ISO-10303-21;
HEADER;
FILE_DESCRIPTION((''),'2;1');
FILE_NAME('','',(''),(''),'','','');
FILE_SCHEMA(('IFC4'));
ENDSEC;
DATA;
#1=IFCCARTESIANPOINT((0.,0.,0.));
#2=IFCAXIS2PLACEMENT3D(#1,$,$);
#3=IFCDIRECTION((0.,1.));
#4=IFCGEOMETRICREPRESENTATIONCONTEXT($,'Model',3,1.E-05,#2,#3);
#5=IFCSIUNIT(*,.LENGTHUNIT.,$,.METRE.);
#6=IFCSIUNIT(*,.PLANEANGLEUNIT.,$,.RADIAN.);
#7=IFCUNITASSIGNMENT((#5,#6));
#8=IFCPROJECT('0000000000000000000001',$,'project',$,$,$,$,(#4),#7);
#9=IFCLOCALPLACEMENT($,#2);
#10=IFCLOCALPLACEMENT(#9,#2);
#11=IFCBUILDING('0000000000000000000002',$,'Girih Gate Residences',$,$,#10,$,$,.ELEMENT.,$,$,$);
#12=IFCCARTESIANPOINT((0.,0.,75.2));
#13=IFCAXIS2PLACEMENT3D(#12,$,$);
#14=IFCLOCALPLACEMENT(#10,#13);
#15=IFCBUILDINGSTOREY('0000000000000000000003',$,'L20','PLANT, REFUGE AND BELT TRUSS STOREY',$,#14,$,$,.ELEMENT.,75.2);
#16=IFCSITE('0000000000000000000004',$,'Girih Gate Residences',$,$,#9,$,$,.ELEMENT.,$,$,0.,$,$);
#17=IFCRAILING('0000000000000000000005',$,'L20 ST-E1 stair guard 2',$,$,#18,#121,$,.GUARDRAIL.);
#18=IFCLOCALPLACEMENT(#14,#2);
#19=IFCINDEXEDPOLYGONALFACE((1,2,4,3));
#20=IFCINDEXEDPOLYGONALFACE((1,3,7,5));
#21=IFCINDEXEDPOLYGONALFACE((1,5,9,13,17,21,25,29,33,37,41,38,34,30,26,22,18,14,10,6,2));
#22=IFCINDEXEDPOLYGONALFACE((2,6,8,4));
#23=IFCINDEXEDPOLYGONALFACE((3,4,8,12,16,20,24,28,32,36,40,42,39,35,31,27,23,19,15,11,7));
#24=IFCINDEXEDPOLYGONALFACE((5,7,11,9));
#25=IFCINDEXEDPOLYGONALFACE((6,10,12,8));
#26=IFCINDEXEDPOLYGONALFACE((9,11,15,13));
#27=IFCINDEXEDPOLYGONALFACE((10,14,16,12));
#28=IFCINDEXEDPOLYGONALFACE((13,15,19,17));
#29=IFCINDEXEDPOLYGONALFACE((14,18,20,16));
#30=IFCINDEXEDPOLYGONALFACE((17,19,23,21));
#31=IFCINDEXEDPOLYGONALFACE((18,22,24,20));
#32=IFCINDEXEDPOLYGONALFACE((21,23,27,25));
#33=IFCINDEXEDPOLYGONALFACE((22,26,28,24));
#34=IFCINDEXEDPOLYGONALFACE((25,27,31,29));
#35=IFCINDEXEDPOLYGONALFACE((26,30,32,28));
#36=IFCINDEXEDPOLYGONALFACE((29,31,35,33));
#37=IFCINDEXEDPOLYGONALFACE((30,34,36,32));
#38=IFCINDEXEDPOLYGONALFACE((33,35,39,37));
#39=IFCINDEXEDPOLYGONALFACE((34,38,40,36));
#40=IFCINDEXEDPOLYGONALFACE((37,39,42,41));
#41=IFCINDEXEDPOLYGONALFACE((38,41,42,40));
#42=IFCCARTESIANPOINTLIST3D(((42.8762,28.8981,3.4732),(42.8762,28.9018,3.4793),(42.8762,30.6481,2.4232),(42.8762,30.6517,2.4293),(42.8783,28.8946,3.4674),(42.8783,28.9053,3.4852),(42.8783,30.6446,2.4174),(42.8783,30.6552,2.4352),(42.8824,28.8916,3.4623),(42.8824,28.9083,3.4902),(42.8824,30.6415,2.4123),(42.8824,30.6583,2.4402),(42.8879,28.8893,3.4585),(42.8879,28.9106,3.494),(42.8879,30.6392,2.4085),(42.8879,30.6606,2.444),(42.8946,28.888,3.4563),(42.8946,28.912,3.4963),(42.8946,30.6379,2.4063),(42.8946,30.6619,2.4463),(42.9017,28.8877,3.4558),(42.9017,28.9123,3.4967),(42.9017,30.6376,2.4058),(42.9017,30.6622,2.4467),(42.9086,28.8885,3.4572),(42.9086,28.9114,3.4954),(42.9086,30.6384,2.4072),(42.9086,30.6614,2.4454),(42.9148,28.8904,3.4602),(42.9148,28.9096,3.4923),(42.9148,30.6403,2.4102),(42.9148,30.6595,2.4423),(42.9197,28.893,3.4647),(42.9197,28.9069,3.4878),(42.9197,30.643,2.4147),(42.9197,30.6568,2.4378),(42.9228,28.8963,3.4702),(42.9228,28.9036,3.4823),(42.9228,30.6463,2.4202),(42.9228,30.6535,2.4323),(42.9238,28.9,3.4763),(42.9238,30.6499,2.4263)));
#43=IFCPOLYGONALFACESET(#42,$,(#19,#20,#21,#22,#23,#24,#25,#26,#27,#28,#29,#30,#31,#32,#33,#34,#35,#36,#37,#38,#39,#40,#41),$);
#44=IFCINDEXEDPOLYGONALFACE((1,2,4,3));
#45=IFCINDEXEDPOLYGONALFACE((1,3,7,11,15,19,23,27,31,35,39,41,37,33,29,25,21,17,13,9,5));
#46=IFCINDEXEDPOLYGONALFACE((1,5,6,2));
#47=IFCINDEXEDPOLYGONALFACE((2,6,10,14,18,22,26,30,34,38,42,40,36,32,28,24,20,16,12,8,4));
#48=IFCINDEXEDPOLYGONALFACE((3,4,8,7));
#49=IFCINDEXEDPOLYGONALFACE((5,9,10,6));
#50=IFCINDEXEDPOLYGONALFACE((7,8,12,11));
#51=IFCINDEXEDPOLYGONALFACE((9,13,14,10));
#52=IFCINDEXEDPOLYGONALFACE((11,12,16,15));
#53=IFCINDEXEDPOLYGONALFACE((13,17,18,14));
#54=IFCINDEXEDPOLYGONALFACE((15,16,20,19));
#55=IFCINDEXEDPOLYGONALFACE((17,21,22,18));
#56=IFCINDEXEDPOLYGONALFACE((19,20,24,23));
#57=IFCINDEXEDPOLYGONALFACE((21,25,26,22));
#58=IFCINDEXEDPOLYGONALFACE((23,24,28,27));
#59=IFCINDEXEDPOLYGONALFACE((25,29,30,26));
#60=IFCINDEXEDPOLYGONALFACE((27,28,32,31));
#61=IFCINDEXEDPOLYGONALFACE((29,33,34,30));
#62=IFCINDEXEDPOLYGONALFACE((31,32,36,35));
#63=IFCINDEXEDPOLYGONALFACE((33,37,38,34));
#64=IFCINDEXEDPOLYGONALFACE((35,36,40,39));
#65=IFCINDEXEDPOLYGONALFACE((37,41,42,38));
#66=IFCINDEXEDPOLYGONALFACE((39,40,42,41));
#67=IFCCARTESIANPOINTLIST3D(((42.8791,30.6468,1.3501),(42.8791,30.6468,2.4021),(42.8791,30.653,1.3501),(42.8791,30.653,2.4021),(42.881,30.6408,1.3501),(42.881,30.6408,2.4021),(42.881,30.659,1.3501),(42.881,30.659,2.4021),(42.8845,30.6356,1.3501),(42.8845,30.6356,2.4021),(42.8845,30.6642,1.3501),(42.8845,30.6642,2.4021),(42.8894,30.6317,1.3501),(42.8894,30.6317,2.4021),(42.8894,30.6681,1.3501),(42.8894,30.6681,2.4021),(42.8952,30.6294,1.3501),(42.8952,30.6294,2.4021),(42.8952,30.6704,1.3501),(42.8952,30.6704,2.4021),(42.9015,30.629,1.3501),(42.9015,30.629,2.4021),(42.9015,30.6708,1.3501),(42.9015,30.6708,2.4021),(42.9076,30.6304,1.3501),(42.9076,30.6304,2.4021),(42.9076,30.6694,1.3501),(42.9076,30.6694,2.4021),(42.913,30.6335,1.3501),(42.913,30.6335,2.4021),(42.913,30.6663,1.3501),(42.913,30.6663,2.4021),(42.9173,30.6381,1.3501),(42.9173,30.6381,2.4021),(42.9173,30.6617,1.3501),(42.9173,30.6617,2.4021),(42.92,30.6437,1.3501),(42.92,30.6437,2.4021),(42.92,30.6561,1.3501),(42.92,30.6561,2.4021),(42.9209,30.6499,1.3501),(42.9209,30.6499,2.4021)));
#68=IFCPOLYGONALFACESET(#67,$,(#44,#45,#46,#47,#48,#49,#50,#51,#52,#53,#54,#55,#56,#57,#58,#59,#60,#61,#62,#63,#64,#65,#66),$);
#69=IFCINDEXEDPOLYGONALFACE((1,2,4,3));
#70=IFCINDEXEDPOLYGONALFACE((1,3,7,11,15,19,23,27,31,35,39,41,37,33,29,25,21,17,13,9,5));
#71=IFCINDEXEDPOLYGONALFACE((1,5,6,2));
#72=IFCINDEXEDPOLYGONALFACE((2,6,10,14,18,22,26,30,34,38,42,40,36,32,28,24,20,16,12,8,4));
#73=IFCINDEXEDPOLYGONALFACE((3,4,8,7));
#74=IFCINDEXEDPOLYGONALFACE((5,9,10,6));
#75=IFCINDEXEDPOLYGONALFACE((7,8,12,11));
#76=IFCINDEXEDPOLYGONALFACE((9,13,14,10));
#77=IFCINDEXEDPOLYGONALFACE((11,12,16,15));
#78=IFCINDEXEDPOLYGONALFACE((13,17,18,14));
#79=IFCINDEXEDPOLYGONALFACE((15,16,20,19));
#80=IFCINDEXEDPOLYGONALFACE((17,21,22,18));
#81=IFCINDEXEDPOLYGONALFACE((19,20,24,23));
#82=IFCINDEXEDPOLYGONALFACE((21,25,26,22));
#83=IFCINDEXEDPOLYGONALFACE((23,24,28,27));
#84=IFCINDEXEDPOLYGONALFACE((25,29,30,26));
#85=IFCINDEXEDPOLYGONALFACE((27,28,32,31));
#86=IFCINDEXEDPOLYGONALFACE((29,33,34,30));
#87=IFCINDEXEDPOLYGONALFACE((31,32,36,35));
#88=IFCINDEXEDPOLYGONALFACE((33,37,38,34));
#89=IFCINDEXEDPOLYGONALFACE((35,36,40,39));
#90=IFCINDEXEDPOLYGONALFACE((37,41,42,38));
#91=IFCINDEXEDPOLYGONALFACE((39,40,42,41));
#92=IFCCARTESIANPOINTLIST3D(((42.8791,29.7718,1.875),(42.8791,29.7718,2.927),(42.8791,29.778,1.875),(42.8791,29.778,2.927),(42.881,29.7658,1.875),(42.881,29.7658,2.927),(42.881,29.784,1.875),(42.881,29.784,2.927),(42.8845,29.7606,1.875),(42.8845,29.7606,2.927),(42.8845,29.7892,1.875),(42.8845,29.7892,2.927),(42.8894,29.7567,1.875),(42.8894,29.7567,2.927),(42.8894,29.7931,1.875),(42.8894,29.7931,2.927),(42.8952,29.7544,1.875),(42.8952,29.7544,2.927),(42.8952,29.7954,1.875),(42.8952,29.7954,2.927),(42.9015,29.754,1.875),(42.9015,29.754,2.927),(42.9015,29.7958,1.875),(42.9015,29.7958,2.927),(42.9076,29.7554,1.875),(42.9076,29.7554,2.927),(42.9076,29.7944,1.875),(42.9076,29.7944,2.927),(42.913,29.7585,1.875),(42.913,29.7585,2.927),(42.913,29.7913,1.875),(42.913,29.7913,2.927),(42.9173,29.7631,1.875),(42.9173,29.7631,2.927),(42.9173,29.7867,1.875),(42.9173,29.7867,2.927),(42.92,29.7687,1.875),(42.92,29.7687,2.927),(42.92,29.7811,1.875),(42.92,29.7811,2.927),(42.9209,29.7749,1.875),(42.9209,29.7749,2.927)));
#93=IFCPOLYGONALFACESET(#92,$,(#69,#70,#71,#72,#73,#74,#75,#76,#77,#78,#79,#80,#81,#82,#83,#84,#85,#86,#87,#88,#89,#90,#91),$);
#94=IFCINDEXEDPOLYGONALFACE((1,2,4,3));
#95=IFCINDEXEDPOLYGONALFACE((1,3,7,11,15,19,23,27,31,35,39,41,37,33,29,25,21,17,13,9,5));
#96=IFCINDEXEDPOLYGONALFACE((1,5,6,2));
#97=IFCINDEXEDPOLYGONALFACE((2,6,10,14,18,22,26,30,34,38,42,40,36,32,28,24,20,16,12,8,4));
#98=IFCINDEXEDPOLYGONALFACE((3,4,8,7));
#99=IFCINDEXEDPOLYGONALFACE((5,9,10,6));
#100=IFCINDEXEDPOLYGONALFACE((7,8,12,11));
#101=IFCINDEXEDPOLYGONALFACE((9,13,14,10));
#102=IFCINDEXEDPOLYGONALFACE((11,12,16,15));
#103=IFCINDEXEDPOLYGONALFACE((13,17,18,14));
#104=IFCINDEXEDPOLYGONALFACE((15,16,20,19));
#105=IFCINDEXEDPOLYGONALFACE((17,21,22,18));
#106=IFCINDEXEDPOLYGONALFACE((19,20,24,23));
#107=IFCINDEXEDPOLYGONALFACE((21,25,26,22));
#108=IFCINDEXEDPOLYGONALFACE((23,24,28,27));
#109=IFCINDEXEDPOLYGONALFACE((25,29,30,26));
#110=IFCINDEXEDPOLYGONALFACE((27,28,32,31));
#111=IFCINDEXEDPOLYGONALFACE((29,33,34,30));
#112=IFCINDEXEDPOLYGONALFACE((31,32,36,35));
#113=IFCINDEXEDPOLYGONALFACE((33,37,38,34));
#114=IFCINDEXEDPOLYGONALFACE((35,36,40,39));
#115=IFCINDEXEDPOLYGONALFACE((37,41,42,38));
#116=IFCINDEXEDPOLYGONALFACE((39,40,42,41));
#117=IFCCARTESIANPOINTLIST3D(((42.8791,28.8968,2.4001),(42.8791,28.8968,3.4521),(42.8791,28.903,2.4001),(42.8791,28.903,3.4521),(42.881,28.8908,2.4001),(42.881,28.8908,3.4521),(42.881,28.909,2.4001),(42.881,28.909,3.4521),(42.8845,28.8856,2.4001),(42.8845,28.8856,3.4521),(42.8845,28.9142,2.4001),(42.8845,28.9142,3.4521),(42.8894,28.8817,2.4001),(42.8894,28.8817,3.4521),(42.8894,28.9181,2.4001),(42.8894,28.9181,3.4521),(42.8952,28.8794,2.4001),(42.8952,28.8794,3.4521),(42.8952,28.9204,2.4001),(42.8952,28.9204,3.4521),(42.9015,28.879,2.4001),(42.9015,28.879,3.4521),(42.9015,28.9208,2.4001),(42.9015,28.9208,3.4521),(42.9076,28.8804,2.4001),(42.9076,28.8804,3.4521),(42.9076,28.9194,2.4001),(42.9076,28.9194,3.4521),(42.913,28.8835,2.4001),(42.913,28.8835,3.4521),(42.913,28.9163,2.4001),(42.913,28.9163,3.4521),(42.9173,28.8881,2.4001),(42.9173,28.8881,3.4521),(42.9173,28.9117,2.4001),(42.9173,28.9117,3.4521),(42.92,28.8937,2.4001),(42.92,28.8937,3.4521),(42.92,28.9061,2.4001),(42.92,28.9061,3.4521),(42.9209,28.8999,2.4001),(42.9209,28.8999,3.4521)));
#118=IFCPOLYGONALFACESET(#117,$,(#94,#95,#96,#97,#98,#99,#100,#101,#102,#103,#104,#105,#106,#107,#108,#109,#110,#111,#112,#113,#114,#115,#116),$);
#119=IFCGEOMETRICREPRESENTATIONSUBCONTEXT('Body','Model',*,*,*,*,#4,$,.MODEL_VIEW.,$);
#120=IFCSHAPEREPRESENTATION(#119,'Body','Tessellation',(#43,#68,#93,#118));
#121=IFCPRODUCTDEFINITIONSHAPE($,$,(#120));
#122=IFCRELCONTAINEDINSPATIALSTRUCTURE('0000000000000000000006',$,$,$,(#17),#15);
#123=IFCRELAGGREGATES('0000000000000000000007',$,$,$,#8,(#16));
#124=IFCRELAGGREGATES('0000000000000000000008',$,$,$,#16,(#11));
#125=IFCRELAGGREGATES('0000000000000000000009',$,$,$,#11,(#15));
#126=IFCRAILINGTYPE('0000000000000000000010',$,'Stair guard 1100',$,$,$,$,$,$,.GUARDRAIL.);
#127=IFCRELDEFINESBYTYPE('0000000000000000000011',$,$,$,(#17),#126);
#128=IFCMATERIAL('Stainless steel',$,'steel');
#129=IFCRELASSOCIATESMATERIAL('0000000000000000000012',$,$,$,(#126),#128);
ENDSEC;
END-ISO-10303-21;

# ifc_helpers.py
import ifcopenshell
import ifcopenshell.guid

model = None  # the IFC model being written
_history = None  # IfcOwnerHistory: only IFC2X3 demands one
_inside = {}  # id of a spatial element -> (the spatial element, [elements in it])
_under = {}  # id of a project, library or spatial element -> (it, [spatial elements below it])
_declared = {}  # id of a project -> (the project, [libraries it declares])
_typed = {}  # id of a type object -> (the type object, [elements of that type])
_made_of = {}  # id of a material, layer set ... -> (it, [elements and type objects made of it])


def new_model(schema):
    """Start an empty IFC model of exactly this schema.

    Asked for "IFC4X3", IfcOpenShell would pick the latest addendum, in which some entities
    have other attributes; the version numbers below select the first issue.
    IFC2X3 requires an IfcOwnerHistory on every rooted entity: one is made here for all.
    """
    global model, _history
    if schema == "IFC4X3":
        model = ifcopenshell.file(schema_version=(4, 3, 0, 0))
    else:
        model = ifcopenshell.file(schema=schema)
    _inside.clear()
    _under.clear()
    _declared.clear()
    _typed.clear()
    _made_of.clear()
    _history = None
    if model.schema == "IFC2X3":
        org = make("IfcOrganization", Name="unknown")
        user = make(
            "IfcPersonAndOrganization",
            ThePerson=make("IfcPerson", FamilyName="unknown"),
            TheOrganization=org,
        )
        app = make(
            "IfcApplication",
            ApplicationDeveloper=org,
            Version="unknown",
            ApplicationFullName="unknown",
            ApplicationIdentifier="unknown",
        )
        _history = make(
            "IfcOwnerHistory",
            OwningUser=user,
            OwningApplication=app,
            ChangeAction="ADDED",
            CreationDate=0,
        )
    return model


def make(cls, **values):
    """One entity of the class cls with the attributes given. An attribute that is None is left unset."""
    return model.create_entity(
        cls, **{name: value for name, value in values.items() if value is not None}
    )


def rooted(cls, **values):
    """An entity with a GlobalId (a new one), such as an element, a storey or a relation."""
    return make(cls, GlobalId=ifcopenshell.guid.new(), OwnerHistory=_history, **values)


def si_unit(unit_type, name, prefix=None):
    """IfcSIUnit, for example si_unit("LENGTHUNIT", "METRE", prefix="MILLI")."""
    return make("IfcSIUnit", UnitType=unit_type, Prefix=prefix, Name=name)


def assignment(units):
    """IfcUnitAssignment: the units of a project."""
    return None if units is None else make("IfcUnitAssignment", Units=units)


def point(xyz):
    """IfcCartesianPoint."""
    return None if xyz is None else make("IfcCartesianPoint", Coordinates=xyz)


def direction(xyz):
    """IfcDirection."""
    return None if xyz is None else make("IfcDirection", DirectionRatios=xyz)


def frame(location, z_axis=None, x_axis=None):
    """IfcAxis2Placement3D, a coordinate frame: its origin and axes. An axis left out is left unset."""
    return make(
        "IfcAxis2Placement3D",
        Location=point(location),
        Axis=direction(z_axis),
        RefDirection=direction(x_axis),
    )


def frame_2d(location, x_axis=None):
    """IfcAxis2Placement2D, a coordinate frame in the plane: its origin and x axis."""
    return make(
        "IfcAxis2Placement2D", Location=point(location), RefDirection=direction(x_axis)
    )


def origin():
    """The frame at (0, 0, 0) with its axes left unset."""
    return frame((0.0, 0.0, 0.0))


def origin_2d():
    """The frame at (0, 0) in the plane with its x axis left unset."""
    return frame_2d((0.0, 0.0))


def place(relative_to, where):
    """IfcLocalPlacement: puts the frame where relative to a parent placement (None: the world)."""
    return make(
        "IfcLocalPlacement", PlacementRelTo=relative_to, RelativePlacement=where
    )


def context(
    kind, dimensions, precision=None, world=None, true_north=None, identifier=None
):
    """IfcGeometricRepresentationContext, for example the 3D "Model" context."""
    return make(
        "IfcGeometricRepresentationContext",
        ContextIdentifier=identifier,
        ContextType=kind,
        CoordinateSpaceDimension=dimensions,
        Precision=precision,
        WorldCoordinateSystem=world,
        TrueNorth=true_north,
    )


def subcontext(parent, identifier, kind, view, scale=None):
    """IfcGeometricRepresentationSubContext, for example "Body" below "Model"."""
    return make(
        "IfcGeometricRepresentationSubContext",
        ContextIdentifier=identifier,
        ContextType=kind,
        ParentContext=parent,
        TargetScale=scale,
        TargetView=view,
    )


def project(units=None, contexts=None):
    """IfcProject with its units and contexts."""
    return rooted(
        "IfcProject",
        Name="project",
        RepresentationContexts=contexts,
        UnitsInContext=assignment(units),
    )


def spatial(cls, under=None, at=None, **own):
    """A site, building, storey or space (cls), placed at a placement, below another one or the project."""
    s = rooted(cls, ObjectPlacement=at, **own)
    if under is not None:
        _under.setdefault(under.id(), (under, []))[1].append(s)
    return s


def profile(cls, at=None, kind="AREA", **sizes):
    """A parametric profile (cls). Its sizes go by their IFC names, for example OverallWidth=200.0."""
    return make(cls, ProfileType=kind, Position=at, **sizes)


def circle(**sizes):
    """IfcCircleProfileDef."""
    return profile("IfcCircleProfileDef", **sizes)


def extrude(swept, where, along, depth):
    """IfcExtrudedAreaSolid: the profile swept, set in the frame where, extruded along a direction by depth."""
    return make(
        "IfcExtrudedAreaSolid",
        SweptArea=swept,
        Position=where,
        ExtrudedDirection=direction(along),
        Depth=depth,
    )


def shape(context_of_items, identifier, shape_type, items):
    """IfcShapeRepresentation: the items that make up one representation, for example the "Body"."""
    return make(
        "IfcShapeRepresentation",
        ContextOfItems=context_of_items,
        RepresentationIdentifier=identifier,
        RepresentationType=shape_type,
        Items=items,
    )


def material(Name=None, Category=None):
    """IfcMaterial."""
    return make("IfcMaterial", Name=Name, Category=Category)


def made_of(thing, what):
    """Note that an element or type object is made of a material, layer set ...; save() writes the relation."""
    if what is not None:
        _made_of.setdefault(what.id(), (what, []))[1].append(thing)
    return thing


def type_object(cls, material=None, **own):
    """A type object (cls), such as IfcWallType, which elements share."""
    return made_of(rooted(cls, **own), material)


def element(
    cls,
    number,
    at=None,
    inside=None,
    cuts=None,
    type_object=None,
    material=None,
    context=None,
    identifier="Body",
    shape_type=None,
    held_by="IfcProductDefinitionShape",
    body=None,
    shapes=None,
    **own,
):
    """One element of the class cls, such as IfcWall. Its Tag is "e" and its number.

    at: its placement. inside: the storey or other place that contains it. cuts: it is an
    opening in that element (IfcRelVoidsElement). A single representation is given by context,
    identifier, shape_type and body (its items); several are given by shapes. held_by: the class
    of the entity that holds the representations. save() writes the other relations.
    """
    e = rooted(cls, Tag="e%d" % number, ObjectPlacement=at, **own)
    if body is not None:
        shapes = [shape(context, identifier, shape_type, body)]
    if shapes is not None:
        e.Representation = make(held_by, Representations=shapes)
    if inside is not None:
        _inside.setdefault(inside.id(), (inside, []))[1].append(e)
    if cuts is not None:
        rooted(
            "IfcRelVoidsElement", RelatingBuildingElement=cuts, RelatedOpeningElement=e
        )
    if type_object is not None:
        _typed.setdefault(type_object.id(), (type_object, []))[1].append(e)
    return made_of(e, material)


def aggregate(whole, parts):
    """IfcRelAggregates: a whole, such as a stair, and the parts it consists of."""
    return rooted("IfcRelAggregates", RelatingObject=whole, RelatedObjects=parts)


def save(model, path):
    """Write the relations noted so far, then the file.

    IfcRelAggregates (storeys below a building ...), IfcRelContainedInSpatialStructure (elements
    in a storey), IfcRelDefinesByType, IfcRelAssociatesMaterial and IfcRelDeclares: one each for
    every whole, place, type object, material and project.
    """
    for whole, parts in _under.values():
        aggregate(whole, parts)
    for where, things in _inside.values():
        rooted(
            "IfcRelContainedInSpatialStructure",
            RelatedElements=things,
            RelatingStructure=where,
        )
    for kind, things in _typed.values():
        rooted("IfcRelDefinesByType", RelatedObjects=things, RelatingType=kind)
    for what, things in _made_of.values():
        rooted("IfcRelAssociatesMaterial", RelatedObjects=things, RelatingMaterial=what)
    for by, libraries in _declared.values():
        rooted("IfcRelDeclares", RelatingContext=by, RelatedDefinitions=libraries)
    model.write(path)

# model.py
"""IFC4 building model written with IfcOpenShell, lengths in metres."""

from ifc_helpers import new_model, si_unit, direction, frame, origin, origin_2d, place, context, subcontext, project, spatial, circle, extrude, material, type_object, element, save


model = new_model("IFC4")

# Units and contexts
model_context = context("Model", 3, precision=1e-05, world=origin(), true_north=direction((0.0, 1.0)))
body_context = subcontext(model_context, "Body", "Model", "MODEL_VIEW")
ifc_project = project(units=[si_unit("LENGTHUNIT", "METRE"), si_unit("PLANEANGLEUNIT", "RADIAN")], contexts=[model_context])

# Site, building, storey
site_placement = place(None, origin())
site = spatial("IfcSite", under=ifc_project, at=site_placement, Name="Girih Gate Residences", CompositionType="ELEMENT", RefElevation=0.0)
building_placement = place(site_placement, origin())
building = spatial("IfcBuilding", under=site, at=building_placement, Name="Girih Gate Residences", CompositionType="ELEMENT")
storey_placement = place(building_placement, frame((0.0, 0.0, 75.2)))
storey = spatial("IfcBuildingStorey", under=building, at=storey_placement, Name="L20", Description="PLANT, REFUGE AND BELT TRUSS STOREY", CompositionType="ELEMENT", Elevation=75.2)

# Railing
ifc_material_1 = material(Name="Stainless steel", Category="steel")
railing_type_1 = type_object("IfcRailingType", Name="Stair guard 1100", PredefinedType="GUARDRAIL", material=ifc_material_1)
railing_1_placement = place(storey_placement, frame((42.8999, 30.6499, 1.3501)))
element("IfcRailing", 1, at=railing_1_placement, inside=storey, type_object=railing_type_1, Name="L20 ST-E1 stair guard 2", PredefinedType="GUARDRAIL", context=body_context, shape_type="SweptSolid", body=[
    extrude(circle(Radius=0.0239, at=origin_2d()), frame((0.0, 0.0, 1.0762), z_axis=(0.0, -0.857482, 0.514513), x_axis=(1.0, 0.0, 0.0)), (0.0, 0.0, 1.0), 2.0408),
    extrude(circle(Radius=0.021, at=origin_2d()), origin(), (0.0, 0.0, 1.0), 1.052),
    extrude(circle(Radius=0.021, at=origin_2d()), frame((0.0, -0.875, 0.5249)), (0.0, 0.0, 1.0), 1.052),
    extrude(circle(Radius=0.021, at=origin_2d()), frame((0.0, -1.75, 1.05)), (0.0, 0.0, 1.0), 1.052),
])

save(model, "model.ifc")
